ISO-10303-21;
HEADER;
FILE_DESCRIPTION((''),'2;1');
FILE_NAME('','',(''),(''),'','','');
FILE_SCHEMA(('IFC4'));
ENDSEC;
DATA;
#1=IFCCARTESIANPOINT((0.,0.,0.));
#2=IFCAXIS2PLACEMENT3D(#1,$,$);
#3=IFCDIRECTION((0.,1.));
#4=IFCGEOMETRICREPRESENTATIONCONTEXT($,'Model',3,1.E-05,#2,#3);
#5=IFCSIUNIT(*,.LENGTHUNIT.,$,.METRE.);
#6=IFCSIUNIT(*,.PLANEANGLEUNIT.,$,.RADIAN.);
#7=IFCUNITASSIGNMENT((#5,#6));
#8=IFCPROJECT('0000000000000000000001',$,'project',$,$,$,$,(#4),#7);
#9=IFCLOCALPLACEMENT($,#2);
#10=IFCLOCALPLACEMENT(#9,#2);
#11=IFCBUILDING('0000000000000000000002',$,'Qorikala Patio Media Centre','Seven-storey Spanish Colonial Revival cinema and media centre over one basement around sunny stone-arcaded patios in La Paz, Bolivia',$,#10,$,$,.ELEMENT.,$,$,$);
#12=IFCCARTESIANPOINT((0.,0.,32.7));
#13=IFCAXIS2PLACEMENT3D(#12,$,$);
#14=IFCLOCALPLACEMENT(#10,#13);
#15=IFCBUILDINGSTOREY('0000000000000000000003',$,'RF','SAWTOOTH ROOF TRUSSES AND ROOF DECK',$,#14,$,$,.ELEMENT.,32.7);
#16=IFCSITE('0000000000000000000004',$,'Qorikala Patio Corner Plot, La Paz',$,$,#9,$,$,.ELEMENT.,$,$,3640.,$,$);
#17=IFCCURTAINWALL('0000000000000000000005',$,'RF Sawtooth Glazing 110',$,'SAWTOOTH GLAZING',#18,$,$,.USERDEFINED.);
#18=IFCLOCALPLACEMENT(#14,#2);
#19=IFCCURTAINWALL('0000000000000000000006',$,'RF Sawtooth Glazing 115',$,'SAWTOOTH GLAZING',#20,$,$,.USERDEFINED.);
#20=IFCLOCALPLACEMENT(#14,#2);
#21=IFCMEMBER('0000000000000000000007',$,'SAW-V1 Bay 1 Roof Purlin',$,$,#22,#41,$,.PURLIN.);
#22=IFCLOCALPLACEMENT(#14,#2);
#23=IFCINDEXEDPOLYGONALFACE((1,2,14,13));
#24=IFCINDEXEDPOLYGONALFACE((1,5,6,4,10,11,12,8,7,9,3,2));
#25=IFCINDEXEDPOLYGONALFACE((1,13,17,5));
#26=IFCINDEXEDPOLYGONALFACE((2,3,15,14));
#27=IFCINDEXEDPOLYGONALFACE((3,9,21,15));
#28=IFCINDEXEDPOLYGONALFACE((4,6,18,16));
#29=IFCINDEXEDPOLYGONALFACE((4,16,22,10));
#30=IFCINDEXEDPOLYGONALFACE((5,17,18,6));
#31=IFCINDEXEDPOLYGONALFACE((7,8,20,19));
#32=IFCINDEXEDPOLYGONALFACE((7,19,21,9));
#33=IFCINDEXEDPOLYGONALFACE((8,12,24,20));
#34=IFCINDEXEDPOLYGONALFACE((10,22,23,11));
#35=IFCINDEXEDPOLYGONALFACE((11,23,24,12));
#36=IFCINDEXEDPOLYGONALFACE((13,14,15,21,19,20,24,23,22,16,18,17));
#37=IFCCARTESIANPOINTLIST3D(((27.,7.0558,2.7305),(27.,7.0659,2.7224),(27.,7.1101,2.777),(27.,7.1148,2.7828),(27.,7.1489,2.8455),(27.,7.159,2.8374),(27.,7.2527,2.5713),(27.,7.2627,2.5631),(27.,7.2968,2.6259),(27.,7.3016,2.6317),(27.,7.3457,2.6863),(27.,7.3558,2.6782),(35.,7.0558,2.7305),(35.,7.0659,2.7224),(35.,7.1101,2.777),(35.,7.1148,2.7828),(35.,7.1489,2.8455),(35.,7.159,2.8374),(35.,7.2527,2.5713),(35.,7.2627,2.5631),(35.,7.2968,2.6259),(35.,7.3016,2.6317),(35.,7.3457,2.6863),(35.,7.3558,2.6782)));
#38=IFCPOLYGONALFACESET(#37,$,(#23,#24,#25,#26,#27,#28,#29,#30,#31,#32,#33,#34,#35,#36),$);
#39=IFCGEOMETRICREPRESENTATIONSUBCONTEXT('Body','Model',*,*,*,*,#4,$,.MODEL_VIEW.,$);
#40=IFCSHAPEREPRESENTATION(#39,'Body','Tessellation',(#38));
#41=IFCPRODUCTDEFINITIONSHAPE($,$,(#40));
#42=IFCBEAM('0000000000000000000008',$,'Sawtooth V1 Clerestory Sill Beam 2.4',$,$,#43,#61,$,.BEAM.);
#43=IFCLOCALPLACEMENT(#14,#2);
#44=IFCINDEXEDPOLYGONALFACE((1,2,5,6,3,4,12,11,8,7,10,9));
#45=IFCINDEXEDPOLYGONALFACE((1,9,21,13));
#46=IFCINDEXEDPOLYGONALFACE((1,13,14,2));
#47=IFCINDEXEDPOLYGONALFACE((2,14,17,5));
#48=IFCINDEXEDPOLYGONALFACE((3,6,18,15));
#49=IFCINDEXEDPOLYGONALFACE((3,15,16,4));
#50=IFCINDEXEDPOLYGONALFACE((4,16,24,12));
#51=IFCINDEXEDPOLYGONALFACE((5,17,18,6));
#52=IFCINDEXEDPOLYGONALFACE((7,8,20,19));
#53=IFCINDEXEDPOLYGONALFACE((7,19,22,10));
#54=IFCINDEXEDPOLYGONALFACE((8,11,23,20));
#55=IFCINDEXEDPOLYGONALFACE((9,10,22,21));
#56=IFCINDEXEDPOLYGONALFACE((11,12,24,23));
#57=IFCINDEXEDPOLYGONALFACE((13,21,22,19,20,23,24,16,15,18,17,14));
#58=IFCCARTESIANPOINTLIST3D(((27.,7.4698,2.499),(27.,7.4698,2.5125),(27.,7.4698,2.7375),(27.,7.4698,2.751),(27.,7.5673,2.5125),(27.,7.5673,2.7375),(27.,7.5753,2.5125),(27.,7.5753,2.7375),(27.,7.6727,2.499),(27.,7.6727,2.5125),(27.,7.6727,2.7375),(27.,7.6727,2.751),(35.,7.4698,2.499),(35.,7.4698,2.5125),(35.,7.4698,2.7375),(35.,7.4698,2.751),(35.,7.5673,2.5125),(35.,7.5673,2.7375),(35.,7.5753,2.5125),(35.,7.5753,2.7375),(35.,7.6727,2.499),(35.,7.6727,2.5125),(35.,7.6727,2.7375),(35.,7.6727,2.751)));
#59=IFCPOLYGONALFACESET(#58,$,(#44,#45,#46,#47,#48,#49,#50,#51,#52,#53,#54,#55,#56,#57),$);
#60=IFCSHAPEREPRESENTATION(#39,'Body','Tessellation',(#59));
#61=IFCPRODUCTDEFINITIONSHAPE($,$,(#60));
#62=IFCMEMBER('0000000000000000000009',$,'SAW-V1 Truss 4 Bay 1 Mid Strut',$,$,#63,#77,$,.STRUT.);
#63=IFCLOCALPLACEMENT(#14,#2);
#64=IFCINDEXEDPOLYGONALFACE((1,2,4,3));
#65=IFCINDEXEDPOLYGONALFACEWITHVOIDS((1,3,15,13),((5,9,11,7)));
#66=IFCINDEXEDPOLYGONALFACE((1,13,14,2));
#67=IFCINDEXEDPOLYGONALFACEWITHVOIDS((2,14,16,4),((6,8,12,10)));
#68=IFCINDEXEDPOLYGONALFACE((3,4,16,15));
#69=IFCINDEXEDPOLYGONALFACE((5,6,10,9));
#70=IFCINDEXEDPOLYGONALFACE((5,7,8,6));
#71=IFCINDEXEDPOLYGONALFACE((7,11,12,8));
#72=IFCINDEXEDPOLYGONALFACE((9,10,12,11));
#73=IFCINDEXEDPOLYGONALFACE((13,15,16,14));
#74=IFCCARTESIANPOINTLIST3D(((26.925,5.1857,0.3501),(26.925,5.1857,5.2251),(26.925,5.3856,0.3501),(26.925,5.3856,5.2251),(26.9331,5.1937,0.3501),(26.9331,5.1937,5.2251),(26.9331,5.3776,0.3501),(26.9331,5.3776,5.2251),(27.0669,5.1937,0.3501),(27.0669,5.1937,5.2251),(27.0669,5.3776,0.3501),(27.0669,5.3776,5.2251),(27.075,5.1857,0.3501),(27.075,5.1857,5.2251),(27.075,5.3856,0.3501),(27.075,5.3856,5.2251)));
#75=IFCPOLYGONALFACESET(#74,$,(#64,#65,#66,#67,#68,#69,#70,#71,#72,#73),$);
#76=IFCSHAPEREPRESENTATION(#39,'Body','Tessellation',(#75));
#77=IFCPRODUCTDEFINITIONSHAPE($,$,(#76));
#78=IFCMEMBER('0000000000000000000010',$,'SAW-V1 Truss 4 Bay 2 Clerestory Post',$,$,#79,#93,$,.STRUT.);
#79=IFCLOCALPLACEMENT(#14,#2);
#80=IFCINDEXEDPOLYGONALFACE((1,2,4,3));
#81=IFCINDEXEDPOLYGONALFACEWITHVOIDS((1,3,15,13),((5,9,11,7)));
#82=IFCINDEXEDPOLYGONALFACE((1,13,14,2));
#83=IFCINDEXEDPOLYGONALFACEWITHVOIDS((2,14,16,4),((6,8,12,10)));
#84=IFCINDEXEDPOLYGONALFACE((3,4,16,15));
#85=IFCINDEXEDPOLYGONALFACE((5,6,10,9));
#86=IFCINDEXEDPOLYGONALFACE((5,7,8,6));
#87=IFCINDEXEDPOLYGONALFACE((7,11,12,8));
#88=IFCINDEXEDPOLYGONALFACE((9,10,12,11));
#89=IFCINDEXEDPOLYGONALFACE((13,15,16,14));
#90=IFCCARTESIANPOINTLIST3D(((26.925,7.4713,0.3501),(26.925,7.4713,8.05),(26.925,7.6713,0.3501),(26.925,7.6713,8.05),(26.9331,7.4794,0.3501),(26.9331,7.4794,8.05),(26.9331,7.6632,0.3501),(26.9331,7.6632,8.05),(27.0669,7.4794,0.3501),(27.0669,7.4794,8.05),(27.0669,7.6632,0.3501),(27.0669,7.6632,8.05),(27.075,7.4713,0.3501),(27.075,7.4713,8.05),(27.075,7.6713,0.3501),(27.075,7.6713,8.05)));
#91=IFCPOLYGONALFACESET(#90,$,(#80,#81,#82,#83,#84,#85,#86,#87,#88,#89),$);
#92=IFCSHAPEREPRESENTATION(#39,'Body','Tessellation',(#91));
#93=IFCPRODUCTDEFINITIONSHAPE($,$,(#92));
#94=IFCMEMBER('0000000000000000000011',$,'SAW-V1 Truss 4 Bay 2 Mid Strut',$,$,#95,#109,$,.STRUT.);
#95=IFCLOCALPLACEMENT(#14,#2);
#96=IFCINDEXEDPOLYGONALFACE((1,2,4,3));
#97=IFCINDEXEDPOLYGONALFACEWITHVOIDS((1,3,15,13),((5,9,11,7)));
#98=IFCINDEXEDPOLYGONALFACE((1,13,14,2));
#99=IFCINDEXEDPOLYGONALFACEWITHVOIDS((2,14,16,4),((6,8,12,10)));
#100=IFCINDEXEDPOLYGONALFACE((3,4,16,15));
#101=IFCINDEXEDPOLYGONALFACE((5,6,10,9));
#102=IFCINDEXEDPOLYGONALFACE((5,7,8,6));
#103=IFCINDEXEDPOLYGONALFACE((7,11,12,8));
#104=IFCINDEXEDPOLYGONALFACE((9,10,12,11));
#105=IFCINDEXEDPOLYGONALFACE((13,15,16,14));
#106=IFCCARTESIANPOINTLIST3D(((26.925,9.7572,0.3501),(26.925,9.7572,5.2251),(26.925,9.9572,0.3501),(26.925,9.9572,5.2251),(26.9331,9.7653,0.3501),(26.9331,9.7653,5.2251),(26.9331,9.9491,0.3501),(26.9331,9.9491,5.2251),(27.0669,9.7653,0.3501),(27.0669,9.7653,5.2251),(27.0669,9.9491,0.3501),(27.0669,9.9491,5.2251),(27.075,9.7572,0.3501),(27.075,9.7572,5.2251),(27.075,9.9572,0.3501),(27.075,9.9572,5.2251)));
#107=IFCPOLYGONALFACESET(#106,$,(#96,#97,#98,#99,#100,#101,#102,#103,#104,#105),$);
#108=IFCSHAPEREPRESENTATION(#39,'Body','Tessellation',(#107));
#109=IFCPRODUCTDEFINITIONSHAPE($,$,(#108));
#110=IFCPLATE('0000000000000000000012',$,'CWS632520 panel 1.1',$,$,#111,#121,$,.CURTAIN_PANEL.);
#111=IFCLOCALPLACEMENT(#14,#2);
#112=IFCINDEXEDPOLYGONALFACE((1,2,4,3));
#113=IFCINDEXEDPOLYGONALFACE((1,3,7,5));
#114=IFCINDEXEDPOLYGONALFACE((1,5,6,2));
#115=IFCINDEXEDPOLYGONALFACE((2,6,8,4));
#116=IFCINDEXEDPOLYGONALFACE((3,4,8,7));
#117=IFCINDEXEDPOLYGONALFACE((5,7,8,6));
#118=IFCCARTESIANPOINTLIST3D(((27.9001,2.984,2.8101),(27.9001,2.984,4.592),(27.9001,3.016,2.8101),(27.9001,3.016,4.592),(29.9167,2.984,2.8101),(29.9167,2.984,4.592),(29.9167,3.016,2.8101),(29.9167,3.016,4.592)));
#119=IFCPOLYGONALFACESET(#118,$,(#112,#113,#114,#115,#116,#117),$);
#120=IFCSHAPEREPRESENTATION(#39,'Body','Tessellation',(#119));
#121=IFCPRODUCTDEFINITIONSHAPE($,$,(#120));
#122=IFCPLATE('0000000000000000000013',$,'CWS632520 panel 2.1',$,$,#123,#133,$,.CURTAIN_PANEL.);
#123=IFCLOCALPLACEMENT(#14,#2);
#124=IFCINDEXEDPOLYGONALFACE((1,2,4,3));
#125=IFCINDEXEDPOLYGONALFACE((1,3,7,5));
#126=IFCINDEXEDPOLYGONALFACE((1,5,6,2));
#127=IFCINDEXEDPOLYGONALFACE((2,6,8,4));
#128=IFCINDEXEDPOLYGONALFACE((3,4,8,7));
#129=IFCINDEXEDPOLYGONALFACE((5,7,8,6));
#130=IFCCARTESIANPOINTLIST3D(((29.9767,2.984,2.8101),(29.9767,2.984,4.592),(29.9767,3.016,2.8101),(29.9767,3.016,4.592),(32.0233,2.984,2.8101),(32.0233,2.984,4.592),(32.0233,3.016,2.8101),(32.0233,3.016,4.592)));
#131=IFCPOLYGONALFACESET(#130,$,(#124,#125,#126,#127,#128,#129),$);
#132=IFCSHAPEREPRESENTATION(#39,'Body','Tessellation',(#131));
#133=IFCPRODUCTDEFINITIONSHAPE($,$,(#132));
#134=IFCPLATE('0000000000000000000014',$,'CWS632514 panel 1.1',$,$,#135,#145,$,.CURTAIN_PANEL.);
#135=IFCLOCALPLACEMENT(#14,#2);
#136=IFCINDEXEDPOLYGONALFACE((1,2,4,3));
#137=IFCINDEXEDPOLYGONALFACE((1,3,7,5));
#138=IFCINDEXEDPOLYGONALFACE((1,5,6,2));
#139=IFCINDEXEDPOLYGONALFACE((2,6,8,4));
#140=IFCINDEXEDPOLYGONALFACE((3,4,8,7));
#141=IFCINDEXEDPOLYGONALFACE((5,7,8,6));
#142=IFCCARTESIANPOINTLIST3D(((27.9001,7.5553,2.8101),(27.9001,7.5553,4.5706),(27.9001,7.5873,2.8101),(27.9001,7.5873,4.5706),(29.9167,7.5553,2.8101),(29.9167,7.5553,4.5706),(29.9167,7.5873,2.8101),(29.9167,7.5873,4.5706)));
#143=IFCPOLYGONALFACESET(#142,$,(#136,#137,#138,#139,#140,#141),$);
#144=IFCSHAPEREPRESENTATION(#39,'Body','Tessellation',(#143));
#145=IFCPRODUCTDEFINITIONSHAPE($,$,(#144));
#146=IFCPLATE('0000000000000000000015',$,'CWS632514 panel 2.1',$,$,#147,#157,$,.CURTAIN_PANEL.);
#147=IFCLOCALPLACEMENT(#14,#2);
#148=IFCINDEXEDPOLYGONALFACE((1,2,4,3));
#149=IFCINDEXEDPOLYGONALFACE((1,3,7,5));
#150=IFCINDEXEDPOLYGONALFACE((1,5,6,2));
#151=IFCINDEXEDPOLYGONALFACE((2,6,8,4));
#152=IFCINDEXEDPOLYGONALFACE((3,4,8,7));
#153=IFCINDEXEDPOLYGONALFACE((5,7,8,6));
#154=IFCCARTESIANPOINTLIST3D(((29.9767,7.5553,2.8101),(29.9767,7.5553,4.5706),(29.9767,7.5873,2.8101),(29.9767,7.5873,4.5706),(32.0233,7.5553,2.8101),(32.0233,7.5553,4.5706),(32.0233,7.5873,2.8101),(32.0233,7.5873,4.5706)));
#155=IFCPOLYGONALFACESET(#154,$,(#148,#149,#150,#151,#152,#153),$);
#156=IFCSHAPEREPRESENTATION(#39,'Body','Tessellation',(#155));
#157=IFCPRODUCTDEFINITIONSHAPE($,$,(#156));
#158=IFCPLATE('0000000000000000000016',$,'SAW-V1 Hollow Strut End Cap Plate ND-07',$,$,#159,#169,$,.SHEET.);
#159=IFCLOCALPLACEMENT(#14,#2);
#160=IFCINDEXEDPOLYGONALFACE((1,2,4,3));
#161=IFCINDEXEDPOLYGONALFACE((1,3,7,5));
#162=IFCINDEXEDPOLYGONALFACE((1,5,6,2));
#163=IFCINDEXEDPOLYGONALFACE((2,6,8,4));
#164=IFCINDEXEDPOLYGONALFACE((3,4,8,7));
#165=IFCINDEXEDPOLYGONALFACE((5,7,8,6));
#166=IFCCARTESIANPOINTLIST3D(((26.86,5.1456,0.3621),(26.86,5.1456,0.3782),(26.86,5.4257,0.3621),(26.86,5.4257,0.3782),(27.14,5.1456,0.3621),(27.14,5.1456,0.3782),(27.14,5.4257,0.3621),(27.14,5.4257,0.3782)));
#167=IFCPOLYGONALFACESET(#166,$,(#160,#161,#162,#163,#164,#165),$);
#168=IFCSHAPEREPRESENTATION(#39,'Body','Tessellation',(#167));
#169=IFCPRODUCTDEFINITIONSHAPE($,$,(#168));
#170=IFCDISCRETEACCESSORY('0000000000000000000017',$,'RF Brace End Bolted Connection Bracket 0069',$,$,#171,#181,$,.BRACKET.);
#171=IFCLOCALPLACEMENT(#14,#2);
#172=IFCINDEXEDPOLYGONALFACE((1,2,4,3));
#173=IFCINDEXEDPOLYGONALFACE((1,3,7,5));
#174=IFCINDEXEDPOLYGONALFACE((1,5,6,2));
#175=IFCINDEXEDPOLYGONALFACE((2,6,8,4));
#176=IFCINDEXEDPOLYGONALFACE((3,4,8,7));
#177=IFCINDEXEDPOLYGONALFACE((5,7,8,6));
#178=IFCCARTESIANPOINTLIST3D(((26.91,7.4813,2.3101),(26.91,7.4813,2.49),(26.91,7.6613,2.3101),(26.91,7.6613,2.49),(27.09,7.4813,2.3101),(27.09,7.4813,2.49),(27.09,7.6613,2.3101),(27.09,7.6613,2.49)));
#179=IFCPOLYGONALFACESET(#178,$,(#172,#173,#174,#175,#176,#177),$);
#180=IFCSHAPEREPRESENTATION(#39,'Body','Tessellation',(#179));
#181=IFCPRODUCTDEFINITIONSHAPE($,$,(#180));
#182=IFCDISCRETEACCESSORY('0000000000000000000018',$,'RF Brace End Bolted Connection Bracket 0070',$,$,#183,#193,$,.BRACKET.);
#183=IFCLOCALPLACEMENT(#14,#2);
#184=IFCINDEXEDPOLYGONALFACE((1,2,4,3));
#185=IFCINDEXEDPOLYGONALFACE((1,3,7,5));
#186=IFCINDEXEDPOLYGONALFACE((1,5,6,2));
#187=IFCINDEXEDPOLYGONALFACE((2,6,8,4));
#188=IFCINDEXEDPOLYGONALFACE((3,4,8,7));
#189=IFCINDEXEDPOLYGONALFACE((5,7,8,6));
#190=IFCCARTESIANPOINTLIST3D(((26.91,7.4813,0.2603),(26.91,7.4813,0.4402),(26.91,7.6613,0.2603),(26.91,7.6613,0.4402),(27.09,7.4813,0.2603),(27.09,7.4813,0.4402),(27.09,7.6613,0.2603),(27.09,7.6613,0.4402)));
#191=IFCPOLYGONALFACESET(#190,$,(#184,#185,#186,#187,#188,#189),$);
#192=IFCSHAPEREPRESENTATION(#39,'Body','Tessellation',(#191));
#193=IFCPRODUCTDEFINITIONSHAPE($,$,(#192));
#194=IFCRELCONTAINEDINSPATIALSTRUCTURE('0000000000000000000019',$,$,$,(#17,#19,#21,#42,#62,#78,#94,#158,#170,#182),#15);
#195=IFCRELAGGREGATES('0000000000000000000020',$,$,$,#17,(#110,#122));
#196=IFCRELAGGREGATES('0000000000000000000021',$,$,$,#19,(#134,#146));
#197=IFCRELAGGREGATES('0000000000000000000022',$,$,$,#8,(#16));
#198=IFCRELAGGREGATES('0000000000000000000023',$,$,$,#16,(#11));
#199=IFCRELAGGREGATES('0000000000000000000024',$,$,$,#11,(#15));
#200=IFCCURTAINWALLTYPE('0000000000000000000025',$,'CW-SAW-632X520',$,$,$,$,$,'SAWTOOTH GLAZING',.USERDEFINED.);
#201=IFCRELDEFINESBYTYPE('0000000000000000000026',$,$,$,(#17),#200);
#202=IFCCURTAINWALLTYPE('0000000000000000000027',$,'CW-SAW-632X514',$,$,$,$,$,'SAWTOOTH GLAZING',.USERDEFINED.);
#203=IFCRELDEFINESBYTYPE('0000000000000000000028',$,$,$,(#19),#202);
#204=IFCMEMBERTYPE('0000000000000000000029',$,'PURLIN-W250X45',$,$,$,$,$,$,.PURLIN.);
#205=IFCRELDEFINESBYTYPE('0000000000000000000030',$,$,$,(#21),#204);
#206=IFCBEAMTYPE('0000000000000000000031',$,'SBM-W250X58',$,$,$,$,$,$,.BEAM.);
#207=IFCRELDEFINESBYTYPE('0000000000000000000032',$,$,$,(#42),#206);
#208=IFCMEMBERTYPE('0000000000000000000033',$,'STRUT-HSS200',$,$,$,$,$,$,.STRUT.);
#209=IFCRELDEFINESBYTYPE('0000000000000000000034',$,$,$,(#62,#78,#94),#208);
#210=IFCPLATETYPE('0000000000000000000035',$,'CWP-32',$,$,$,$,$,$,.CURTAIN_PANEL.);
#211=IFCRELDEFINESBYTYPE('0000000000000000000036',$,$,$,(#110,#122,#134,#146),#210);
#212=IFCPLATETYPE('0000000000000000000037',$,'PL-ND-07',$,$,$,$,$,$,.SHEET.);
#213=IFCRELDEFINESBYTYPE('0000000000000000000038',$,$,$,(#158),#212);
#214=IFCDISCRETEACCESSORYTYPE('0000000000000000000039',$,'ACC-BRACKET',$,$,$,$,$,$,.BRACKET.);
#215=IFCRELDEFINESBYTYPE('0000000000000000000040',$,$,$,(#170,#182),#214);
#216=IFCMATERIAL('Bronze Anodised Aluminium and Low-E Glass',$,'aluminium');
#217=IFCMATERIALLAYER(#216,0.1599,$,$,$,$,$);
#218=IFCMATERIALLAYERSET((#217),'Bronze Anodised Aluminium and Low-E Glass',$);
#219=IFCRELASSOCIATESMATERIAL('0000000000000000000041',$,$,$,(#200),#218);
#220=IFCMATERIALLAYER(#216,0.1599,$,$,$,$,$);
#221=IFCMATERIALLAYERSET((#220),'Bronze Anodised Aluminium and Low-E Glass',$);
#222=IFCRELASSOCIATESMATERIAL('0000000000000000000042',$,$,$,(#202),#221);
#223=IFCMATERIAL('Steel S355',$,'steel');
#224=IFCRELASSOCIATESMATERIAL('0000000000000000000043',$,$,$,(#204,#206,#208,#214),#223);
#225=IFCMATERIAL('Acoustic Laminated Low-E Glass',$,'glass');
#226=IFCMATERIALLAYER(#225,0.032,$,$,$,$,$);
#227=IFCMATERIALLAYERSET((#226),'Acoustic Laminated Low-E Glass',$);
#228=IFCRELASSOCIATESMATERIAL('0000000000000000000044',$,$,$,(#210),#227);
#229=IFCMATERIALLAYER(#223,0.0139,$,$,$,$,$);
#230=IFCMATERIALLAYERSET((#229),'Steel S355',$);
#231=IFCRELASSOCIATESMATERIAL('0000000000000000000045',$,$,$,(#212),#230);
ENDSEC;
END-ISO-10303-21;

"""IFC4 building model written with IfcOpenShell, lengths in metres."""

from ifc_helpers import new_model, si_unit, direction, frame, origin, origin_2d, place, context, subcontext, project, spatial, rectangle, hollow_rectangle, i_section, extrude, material, layer, layer_set, material_profile, profile_set, type_object, element, aggregate, save


model = new_model("IFC4")

# Units and contexts
model_context = context("Model", 3, precision=1e-05, world=origin(), true_north=direction((0.0, 1.0)))
body_context = subcontext(model_context, "Body", "Model", "MODEL_VIEW")
ifc_project = project(units=[si_unit("LENGTHUNIT", "METRE"), si_unit("PLANEANGLEUNIT", "RADIAN")], contexts=[model_context])

# Site, building, storey
site_placement = place(None, origin())
site = spatial("IfcSite", under=ifc_project, at=site_placement, Name="Qorikala Patio Corner Plot, La Paz", CompositionType="ELEMENT", RefElevation=3640.0)
building_placement = place(site_placement, origin())
building = spatial("IfcBuilding", under=site, at=building_placement, Name="Qorikala Patio Media Centre", Description="Seven-storey Spanish Colonial Revival cinema and media centre over one basement around sunny stone-arcaded patios in La Paz, Bolivia", CompositionType="ELEMENT")
storey_placement = place(building_placement, frame((0.0, 0.0, 32.7)))
storey = spatial("IfcBuildingStorey", under=building, at=storey_placement, Name="RF", Description="SAWTOOTH ROOF TRUSSES AND ROOF DECK", CompositionType="ELEMENT", Elevation=32.7)

# Shared definitions
ifc_material_1 = material(Name="Steel S355", Category="steel")

# Curtain walls
ifc_material_2 = material(Name="Bronze Anodised Aluminium and Low-E Glass", Category="aluminium")
ifc_layer_1 = layer(ifc_material_2, 0.1599)
ifc_layer_set_1 = layer_set([ifc_layer_1], Name="Bronze Anodised Aluminium and Low-E Glass")
curtain_wall_type_1 = type_object("IfcCurtainWallType", Name="CW-SAW-632X520", ElementType="SAWTOOTH GLAZING", PredefinedType="USERDEFINED", material=ifc_layer_set_1)
curtain_wall_1_placement = place(storey_placement, origin())
curtain_wall_1 = element("IfcCurtainWall", 1, at=curtain_wall_1_placement, inside=storey, type_object=curtain_wall_type_1, Name="RF Sawtooth Glazing 110", ObjectType="SAWTOOTH GLAZING", PredefinedType="USERDEFINED")
ifc_layer_2 = layer(ifc_material_2, 0.1599)
ifc_layer_set_2 = layer_set([ifc_layer_2], Name="Bronze Anodised Aluminium and Low-E Glass")
curtain_wall_type_2 = type_object("IfcCurtainWallType", Name="CW-SAW-632X514", ElementType="SAWTOOTH GLAZING", PredefinedType="USERDEFINED", material=ifc_layer_set_2)
curtain_wall_2_placement = place(storey_placement, origin())
curtain_wall_2 = element("IfcCurtainWall", 2, at=curtain_wall_2_placement, inside=storey, type_object=curtain_wall_type_2, Name="RF Sawtooth Glazing 115", ObjectType="SAWTOOTH GLAZING", PredefinedType="USERDEFINED")

# Member
ifc_material_profile_1 = material_profile(ifc_material_1, i_section(OverallWidth=0.1479, OverallDepth=0.2661, WebThickness=0.0076, FlangeThickness=0.0129, at=origin_2d()), Name="W250X45")
ifc_profile_set_1 = profile_set([ifc_material_profile_1], Name="Steel S355")
member_type_1 = type_object("IfcMemberType", Name="PURLIN-W250X45", PredefinedType="PURLIN", material=ifc_profile_set_1)
member_1_placement = place(storey_placement, frame((27.0, 7.2058, 2.7043), z_axis=(1.0, 0.0, 0.0), x_axis=(0.0, 0.628995, 0.77741)))
element("IfcMember", 3, at=member_1_placement, inside=storey, type_object=member_type_1, Name="SAW-V1 Bay 1 Roof Purlin", PredefinedType="PURLIN", context=body_context, shape_type="SweptSolid", body=[
    extrude(i_section(OverallWidth=0.1479, OverallDepth=0.2661, WebThickness=0.0076, FlangeThickness=0.0129, at=origin_2d()), origin(), (0.0, 0.0, 1.0), 8.0),
])

# Beam
ifc_material_profile_2 = material_profile(ifc_material_1, i_section(OverallWidth=0.2029, OverallDepth=0.252, WebThickness=0.0081, FlangeThickness=0.0134, at=origin_2d()), Name="W250X58")
ifc_profile_set_2 = profile_set([ifc_material_profile_2], Name="Steel S355")
beam_type = type_object("IfcBeamType", Name="SBM-W250X58", PredefinedType="BEAM", material=ifc_profile_set_2)
beam_placement = place(storey_placement, frame((27.0, 7.5713, 2.625), z_axis=(1.0, 0.0, 0.0), x_axis=(0.0, 1.0, 0.0)))
element("IfcBeam", 4, at=beam_placement, inside=storey, type_object=beam_type, Name="Sawtooth V1 Clerestory Sill Beam 2.4", PredefinedType="BEAM", context=body_context, shape_type="SweptSolid", body=[
    extrude(i_section(OverallWidth=0.2029, OverallDepth=0.252, WebThickness=0.0081, FlangeThickness=0.0134, at=origin_2d()), origin(), (0.0, 0.0, 1.0), 8.0),
])

# Members
ifc_material_profile_3 = material_profile(ifc_material_1, hollow_rectangle(XDim=0.1499, YDim=0.2, WallThickness=0.0081, at=origin_2d()), Name="HSS200X150X8")
ifc_profile_set_3 = profile_set([ifc_material_profile_3], Name="Steel S355")
member_type_2 = type_object("IfcMemberType", Name="STRUT-HSS200", PredefinedType="STRUT", material=ifc_profile_set_3)
member_2_placement = place(storey_placement, frame((27.0, 5.2856, 0.3501), z_axis=(0.0, 0.0, 1.0), x_axis=(1.0, 0.0, 0.0)))
element("IfcMember", 5, at=member_2_placement, inside=storey, type_object=member_type_2, Name="SAW-V1 Truss 4 Bay 1 Mid Strut", PredefinedType="STRUT", context=body_context, shape_type="SweptSolid", body=[
    extrude(hollow_rectangle(XDim=0.1499, YDim=0.2, WallThickness=0.0081, at=origin_2d()), origin(), (0.0, 0.0, 1.0), 4.875),
])
member_3_placement = place(storey_placement, frame((27.0, 7.5713, 0.3501), z_axis=(0.0, 0.0, 1.0), x_axis=(1.0, 0.0, 0.0)))
element("IfcMember", 6, at=member_3_placement, inside=storey, type_object=member_type_2, Name="SAW-V1 Truss 4 Bay 2 Clerestory Post", PredefinedType="STRUT", context=body_context, shape_type="SweptSolid", body=[
    extrude(hollow_rectangle(XDim=0.1499, YDim=0.2, WallThickness=0.0081, at=origin_2d()), origin(), (0.0, 0.0, 1.0), 7.7),
])
member_4_placement = place(storey_placement, frame((27.0, 9.8572, 0.3501), z_axis=(0.0, 0.0, 1.0), x_axis=(1.0, 0.0, 0.0)))
element("IfcMember", 7, at=member_4_placement, inside=storey, type_object=member_type_2, Name="SAW-V1 Truss 4 Bay 2 Mid Strut", PredefinedType="STRUT", context=body_context, shape_type="SweptSolid", body=[
    extrude(hollow_rectangle(XDim=0.1499, YDim=0.2, WallThickness=0.0081, at=origin_2d()), origin(), (0.0, 0.0, 1.0), 4.875),
])

# Plates
ifc_material_3 = material(Name="Acoustic Laminated Low-E Glass", Category="glass")
ifc_layer_3 = layer(ifc_material_3, 0.032)
ifc_layer_set_3 = layer_set([ifc_layer_3], Name="Acoustic Laminated Low-E Glass")
plate_type_1 = type_object("IfcPlateType", Name="CWP-32", PredefinedType="CURTAIN_PANEL", material=ifc_layer_set_3)
plate_1_placement = place(storey_placement, frame((28.9084, 3.0, 2.8101), z_axis=(0.0, 0.0, 1.0), x_axis=(1.0, 0.0, 0.0)))
plate_1 = element("IfcPlate", 8, at=plate_1_placement, type_object=plate_type_1, Name="CWS632520 panel 1.1", PredefinedType="CURTAIN_PANEL", context=body_context, shape_type="SweptSolid", body=[
    extrude(rectangle(XDim=2.0166, YDim=0.032, at=origin_2d()), origin(), (0.0, 0.0, 1.0), 1.782),
])
plate_2_placement = place(storey_placement, frame((31.0, 3.0, 2.8101), z_axis=(0.0, 0.0, 1.0), x_axis=(1.0, 0.0, 0.0)))
plate_2 = element("IfcPlate", 9, at=plate_2_placement, type_object=plate_type_1, Name="CWS632520 panel 2.1", PredefinedType="CURTAIN_PANEL", context=body_context, shape_type="SweptSolid", body=[
    extrude(rectangle(XDim=2.0466, YDim=0.032, at=origin_2d()), origin(), (0.0, 0.0, 1.0), 1.782),
])
aggregate(curtain_wall_1, [plate_1, plate_2])
plate_3_placement = place(storey_placement, frame((28.9084, 7.5713, 2.8101), z_axis=(0.0, 0.0, 1.0), x_axis=(1.0, 0.0, 0.0)))
plate_3 = element("IfcPlate", 10, at=plate_3_placement, type_object=plate_type_1, Name="CWS632514 panel 1.1", PredefinedType="CURTAIN_PANEL", context=body_context, shape_type="SweptSolid", body=[
    extrude(rectangle(XDim=2.0166, YDim=0.032, at=origin_2d()), origin(), (0.0, 0.0, 1.0), 1.7605),
])
plate_4_placement = place(storey_placement, frame((31.0, 7.5713, 2.8101), z_axis=(0.0, 0.0, 1.0), x_axis=(1.0, 0.0, 0.0)))
plate_4 = element("IfcPlate", 11, at=plate_4_placement, type_object=plate_type_1, Name="CWS632514 panel 2.1", PredefinedType="CURTAIN_PANEL", context=body_context, shape_type="SweptSolid", body=[
    extrude(rectangle(XDim=2.0466, YDim=0.032, at=origin_2d()), origin(), (0.0, 0.0, 1.0), 1.7605),
])
aggregate(curtain_wall_2, [plate_3, plate_4])
ifc_layer_4 = layer(ifc_material_1, 0.0139)
ifc_layer_set_4 = layer_set([ifc_layer_4], Name="Steel S355")
plate_type_2 = type_object("IfcPlateType", Name="PL-ND-07", PredefinedType="SHEET", material=ifc_layer_set_4)
plate_5_placement = place(storey_placement, frame((27.0, 5.2856, 0.3621), z_axis=(0.0, 0.0, 1.0), x_axis=(1.0, 0.0, 0.0)))
element("IfcPlate", 12, at=plate_5_placement, inside=storey, type_object=plate_type_2, Name="SAW-V1 Hollow Strut End Cap Plate ND-07", PredefinedType="SHEET", context=body_context, shape_type="SweptSolid", body=[
    extrude(rectangle(XDim=0.28, YDim=0.28, at=origin_2d()), origin(), (0.0, 0.0, 1.0), 0.0161),
])

# Discrete accessories
discrete_accessory_type = type_object("IfcDiscreteAccessoryType", Name="ACC-BRACKET", PredefinedType="BRACKET", material=ifc_material_1)
for number, where, z_axis, x_axis, name in (
    (13, (27.0, 7.5713, 2.3101), (0.0, 0.0, 1.0), (1.0, 0.0, 0.0), "RF Brace End Bolted Connection Bracket 0069"),
    (14, (27.0, 7.5713, 0.2603), (0.0, 0.0, 1.0), (1.0, 0.0, 0.0), "RF Brace End Bolted Connection Bracket 0070"),
):
    element("IfcDiscreteAccessory", number, at=place(storey_placement, frame(where, z_axis=z_axis, x_axis=x_axis)), inside=storey, type_object=discrete_accessory_type, Name=name, PredefinedType="BRACKET", context=body_context, shape_type="SweptSolid", body=[
        extrude(rectangle(XDim=0.1799, YDim=0.1799, at=origin_2d()), origin(), (0.0, 0.0, 1.0), 0.1799),
    ])

save(model, "model.ifc")
